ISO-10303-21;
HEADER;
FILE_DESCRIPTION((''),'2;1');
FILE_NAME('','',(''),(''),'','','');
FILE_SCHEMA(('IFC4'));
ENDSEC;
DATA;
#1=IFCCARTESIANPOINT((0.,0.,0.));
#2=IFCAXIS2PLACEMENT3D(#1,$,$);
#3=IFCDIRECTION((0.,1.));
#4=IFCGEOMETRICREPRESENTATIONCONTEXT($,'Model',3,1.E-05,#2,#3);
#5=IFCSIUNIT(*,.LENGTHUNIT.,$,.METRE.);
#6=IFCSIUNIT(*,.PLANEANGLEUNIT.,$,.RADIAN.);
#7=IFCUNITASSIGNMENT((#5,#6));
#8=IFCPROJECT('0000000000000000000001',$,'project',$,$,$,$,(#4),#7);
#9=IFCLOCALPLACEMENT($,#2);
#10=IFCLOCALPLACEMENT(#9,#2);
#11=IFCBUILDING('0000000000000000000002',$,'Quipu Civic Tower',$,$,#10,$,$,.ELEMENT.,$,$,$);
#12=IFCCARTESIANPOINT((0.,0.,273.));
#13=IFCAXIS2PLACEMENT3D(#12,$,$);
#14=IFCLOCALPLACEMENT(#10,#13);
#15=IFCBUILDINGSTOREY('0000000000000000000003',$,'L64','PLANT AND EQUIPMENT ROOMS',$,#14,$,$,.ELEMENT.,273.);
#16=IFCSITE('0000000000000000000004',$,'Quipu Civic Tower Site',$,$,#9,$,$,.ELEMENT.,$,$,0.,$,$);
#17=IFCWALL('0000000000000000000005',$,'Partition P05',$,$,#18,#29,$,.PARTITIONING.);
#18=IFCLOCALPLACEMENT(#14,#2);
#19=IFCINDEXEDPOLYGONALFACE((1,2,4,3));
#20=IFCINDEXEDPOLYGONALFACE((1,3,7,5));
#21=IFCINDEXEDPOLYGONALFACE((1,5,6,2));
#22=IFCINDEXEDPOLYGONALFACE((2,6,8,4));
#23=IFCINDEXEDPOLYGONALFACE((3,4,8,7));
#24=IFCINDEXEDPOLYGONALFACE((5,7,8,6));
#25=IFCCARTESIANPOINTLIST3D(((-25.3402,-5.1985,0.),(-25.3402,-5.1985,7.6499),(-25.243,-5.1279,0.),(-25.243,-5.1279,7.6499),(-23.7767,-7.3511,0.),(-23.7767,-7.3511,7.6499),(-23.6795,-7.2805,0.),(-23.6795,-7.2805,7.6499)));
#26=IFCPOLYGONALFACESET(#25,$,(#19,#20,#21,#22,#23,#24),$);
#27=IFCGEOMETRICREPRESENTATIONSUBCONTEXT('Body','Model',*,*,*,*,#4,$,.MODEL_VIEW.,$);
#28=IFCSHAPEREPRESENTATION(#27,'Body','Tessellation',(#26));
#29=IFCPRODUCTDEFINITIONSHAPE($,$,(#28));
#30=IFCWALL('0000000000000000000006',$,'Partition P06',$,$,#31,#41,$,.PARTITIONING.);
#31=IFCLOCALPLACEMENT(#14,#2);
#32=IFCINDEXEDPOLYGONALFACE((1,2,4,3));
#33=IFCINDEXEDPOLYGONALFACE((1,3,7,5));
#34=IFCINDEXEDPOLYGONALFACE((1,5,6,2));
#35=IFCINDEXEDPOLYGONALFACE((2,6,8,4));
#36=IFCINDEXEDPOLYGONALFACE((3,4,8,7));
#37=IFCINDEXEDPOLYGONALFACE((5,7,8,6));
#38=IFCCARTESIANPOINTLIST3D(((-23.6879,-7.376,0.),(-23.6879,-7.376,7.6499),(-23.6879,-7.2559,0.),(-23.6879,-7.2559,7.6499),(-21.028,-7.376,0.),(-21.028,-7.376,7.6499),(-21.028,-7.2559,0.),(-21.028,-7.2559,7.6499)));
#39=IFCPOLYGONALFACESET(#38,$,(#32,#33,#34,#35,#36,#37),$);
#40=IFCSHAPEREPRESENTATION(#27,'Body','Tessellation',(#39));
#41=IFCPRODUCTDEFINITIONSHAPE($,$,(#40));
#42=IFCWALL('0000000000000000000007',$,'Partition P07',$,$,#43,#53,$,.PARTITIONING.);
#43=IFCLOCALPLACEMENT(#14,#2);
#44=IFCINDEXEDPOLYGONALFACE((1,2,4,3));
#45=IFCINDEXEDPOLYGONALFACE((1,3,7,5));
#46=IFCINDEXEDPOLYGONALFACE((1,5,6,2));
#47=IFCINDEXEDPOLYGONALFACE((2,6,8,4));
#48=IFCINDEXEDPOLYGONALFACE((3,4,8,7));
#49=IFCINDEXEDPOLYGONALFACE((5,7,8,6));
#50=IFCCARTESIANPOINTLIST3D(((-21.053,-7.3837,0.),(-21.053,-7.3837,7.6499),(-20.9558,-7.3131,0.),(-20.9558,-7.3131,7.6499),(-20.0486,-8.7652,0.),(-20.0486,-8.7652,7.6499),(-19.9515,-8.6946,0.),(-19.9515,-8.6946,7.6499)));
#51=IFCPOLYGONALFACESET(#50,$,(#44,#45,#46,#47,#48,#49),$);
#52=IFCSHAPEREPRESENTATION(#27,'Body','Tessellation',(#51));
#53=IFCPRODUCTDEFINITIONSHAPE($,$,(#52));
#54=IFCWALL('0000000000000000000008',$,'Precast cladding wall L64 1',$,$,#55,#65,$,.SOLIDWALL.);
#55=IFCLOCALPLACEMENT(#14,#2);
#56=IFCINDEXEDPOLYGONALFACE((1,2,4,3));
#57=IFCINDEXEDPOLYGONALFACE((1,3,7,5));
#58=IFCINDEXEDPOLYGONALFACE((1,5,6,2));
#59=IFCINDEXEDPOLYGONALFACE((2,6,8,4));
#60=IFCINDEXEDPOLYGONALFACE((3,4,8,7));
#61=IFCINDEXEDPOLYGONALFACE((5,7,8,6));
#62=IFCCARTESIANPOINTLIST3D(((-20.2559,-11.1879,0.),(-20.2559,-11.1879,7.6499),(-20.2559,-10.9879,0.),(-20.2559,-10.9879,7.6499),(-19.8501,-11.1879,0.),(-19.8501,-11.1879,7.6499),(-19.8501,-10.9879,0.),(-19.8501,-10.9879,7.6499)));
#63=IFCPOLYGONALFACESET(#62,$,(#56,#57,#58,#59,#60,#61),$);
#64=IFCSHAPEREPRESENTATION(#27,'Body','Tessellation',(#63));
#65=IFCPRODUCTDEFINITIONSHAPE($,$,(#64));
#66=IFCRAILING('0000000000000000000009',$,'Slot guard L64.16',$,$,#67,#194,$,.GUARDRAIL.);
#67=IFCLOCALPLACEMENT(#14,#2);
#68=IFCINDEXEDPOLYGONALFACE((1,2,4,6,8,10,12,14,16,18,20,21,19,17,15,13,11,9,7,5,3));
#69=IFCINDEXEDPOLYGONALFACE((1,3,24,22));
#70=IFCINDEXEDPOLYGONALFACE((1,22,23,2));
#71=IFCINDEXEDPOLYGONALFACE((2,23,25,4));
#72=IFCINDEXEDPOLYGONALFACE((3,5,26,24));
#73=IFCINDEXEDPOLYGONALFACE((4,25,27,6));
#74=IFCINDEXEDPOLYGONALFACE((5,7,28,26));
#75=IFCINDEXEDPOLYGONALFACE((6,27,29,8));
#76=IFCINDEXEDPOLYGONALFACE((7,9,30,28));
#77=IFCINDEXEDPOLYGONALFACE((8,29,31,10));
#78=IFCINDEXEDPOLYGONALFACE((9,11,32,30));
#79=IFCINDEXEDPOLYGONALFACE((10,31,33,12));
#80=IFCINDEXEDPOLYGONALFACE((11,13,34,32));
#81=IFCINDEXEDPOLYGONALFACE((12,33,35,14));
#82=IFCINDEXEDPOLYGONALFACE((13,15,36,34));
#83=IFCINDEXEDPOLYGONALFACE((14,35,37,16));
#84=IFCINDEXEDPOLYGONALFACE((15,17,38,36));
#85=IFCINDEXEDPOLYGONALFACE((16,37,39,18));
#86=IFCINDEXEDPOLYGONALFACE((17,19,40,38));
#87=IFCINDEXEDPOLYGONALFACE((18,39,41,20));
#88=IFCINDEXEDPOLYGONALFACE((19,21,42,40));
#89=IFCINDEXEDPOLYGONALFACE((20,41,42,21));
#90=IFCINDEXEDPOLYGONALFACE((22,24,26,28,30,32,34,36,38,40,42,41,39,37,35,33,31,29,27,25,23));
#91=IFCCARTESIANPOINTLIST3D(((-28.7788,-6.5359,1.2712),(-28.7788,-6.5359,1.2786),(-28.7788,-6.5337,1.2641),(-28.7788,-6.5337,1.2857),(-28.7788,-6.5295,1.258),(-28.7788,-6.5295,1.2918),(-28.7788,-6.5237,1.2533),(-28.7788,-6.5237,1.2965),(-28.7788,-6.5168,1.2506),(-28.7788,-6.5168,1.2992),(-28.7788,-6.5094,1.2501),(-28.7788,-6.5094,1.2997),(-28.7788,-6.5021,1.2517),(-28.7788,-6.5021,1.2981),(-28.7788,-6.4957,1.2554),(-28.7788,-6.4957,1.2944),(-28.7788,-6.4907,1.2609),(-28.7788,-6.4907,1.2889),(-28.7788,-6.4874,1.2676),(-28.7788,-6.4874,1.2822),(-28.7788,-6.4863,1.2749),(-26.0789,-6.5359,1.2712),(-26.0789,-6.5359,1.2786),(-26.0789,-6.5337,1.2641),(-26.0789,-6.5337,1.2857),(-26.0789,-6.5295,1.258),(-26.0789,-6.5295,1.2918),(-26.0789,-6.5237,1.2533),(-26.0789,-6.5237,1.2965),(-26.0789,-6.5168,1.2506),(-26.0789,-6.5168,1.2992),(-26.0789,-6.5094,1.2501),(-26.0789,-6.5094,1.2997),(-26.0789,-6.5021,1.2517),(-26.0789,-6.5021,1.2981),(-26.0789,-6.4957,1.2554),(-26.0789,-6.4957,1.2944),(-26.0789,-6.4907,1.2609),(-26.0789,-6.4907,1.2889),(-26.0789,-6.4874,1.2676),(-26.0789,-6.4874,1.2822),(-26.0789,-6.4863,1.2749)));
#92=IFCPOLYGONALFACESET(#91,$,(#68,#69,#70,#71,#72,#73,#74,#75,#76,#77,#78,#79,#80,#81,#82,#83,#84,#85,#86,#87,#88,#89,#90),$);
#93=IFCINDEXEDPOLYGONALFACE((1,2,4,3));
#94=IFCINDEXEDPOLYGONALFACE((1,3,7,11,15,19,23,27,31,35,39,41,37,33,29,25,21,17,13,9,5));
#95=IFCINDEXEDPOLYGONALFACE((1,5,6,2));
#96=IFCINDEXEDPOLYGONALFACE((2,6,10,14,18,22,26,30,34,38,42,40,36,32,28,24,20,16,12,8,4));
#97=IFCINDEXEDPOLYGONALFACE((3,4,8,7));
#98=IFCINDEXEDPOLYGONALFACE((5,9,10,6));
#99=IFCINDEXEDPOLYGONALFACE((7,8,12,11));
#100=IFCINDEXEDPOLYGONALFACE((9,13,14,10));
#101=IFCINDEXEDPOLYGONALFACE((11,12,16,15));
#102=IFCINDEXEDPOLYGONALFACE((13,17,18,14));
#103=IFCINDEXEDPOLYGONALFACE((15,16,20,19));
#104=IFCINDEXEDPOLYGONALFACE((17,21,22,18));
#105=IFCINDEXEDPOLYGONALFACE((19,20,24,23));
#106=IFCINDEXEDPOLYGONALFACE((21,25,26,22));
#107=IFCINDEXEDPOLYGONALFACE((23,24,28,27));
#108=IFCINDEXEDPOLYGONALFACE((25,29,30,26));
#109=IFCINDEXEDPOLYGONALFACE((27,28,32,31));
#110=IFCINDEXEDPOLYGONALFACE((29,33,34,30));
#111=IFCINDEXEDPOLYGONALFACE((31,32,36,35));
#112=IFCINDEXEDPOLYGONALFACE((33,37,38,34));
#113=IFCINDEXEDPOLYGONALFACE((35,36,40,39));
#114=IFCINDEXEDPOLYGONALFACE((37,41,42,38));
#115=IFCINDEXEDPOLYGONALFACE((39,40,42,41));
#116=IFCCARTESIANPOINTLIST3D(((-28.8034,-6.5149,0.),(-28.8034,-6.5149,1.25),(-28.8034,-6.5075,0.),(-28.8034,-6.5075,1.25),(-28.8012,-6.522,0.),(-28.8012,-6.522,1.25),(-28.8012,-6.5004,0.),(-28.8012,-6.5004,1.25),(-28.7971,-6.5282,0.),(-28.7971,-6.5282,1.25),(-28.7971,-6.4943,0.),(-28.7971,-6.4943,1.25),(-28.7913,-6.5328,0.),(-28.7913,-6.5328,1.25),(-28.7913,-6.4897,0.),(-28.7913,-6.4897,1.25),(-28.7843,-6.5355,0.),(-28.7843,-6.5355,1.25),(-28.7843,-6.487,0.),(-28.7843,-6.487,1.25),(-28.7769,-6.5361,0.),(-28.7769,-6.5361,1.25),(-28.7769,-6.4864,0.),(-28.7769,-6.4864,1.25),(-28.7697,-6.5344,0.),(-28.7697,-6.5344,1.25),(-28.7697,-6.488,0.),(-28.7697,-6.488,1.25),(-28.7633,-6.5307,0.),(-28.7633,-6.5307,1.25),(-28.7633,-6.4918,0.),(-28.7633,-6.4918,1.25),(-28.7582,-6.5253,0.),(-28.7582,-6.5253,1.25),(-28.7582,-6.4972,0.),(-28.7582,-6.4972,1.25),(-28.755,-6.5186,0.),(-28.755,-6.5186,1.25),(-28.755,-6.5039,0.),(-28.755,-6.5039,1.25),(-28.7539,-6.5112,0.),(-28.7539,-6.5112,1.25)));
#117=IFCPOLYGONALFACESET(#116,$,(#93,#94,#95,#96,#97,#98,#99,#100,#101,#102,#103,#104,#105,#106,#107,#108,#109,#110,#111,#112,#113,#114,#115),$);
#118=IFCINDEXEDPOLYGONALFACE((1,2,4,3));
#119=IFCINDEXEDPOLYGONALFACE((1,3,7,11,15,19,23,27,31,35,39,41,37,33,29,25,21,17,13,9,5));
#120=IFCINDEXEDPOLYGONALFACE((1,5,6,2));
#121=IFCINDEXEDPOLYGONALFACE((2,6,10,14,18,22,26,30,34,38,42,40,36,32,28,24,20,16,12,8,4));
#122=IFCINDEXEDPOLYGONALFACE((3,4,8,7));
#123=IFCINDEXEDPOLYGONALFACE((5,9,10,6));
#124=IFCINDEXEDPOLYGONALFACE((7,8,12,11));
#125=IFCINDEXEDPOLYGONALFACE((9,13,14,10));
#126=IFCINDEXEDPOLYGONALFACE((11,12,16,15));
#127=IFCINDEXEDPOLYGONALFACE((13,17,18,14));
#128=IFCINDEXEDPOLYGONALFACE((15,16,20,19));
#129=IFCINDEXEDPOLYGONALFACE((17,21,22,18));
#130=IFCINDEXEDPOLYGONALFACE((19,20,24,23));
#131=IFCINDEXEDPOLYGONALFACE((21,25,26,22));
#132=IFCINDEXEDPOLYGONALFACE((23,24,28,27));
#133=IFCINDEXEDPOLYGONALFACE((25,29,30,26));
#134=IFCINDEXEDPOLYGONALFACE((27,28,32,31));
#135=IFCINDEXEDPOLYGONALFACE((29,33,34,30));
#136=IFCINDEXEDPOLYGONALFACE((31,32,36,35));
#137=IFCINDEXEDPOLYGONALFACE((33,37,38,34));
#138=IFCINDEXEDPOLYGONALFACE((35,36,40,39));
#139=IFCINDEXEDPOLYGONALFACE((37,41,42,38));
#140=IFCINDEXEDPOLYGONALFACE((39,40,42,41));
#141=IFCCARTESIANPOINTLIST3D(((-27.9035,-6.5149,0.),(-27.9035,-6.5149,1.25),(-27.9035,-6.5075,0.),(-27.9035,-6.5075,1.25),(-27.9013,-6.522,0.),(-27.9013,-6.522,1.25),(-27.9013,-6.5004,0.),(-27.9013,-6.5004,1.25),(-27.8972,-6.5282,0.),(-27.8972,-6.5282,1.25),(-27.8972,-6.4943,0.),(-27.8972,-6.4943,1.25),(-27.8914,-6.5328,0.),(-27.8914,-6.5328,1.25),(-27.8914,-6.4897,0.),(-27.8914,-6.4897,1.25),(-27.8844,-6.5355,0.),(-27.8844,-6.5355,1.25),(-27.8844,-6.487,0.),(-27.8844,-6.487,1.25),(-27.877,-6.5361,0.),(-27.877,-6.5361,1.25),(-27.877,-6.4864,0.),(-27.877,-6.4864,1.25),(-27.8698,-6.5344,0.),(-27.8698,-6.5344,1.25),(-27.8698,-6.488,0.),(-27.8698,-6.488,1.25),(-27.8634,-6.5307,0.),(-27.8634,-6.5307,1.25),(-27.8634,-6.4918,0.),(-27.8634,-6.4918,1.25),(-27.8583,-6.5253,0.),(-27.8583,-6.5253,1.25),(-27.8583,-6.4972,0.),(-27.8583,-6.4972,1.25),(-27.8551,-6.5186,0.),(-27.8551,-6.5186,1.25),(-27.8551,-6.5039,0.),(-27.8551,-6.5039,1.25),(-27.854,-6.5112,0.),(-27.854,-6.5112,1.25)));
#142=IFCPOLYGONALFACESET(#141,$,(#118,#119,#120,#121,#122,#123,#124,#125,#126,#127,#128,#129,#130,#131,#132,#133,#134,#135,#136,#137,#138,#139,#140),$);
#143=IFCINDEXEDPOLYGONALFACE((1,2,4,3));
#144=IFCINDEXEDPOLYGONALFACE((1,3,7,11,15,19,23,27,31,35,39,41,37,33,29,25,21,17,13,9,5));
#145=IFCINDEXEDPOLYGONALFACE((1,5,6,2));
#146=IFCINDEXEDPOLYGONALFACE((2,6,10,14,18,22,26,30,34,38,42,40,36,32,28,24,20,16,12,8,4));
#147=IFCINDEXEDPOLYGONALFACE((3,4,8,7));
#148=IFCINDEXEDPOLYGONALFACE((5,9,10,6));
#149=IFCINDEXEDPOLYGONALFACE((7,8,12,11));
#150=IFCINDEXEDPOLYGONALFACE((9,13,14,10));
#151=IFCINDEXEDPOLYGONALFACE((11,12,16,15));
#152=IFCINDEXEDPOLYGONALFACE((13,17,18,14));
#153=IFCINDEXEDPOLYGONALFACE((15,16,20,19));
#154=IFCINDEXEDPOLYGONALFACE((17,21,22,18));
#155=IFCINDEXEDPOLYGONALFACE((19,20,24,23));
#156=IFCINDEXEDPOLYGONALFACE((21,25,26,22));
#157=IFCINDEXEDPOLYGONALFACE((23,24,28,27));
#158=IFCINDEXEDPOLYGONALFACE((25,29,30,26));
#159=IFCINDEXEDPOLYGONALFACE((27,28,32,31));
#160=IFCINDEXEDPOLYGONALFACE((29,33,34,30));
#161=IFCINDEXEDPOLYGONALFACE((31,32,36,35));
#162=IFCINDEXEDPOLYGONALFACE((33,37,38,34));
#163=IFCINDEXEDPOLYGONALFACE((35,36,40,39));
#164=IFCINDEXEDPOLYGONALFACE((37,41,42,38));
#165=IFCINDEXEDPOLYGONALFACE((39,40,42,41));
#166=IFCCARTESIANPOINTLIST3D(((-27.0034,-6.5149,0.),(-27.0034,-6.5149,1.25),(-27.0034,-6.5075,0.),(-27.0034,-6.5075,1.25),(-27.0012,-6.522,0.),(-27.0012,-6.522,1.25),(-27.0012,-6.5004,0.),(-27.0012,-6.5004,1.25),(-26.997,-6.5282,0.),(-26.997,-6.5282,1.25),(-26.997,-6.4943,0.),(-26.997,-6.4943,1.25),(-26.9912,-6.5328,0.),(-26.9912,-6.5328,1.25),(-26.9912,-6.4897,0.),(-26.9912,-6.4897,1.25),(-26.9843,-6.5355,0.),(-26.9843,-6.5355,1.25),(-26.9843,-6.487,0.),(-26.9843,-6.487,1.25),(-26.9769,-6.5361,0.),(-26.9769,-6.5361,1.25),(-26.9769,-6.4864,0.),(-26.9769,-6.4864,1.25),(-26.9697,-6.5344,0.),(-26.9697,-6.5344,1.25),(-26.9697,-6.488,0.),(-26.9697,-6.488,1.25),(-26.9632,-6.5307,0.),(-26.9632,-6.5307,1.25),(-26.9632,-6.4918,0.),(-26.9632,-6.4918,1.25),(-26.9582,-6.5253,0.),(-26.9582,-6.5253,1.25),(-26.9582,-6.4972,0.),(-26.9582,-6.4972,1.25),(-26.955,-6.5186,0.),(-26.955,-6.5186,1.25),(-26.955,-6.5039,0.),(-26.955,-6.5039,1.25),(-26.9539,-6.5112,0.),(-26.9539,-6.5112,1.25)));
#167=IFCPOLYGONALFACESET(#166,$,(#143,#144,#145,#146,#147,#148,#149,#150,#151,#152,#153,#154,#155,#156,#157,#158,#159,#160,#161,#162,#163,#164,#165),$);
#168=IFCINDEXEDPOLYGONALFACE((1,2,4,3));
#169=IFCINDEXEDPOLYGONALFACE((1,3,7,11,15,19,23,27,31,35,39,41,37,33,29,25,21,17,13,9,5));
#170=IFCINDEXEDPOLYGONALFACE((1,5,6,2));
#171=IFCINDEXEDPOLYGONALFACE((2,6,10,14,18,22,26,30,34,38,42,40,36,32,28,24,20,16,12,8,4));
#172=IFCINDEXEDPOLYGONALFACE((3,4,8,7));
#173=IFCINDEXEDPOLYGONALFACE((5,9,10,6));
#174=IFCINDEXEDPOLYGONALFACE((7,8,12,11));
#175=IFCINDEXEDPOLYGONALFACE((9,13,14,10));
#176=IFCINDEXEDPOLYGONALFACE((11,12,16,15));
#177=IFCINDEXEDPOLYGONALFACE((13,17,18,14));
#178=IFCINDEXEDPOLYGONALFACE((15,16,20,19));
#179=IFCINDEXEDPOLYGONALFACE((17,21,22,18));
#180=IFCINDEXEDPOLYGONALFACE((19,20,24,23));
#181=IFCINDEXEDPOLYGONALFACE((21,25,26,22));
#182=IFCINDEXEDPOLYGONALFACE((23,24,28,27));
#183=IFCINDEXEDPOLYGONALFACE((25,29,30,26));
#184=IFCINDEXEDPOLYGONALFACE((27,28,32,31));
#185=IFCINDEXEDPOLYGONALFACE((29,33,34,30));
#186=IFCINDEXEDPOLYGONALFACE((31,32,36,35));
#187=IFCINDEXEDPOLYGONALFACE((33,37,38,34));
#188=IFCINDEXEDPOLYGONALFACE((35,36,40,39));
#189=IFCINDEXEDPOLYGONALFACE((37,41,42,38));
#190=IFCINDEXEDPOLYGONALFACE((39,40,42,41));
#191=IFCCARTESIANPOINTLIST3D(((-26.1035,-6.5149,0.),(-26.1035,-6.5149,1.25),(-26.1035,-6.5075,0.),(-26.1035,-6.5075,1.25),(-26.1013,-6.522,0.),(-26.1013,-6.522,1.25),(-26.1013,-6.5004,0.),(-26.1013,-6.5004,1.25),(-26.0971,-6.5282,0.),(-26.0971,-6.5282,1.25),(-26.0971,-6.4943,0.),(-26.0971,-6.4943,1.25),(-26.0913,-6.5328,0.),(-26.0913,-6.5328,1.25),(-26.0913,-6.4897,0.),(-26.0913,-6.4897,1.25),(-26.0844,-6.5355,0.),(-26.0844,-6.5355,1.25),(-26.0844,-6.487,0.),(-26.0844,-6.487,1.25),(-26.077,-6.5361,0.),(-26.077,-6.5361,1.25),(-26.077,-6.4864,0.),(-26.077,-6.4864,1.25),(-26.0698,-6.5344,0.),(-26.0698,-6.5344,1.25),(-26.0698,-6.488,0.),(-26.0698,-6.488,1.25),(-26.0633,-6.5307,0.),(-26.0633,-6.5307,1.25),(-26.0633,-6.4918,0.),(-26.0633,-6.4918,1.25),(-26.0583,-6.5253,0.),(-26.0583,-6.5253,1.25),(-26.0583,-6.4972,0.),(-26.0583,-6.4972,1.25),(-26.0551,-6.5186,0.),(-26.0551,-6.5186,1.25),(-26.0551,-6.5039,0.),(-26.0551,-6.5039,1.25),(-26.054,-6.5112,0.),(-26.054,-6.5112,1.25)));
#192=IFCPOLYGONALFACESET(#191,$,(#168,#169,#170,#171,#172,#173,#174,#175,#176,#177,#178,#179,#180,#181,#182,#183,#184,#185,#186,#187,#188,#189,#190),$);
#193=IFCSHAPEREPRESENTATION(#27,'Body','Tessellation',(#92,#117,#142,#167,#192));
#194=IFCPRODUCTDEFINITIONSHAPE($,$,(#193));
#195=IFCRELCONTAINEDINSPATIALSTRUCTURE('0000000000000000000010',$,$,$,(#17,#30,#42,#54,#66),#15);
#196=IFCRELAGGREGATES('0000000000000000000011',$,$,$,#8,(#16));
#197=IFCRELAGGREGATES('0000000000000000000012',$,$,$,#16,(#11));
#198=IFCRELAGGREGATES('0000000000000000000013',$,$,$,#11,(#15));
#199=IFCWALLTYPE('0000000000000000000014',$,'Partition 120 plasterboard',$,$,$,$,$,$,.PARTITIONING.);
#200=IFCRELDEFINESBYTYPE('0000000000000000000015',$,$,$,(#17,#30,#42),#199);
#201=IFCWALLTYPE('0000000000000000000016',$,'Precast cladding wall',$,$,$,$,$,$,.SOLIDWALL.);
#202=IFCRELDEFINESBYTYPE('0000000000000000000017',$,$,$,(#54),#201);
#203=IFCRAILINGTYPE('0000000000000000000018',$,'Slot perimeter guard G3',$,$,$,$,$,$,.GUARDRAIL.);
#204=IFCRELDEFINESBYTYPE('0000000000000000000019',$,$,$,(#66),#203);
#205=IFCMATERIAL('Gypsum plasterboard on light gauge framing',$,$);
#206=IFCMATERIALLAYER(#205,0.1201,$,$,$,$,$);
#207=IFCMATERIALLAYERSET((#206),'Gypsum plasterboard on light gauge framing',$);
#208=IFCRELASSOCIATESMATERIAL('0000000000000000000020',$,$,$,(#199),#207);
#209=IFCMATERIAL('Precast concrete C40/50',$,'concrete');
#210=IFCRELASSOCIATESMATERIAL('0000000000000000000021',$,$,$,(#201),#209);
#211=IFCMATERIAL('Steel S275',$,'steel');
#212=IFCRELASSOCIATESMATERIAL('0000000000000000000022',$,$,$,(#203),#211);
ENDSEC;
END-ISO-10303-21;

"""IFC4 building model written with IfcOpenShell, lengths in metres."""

from ifc_helpers import new_model, si_unit, direction, frame, frame_2d, origin, origin_2d, place, context, subcontext, project, spatial, rectangle, circle, extrude, material, layer, layer_set, type_object, element, save


model = new_model("IFC4")

# Units and contexts
model_context = context("Model", 3, precision=1e-05, world=origin(), true_north=direction((0.0, 1.0)))
body_context = subcontext(model_context, "Body", "Model", "MODEL_VIEW")
ifc_project = project(units=[si_unit("LENGTHUNIT", "METRE"), si_unit("PLANEANGLEUNIT", "RADIAN")], contexts=[model_context])

# Site, building, storey
site_placement = place(None, origin())
site = spatial("IfcSite", under=ifc_project, at=site_placement, Name="Quipu Civic Tower Site", CompositionType="ELEMENT", RefElevation=0.0)
building_placement = place(site_placement, origin())
building = spatial("IfcBuilding", under=site, at=building_placement, Name="Quipu Civic Tower", CompositionType="ELEMENT")
storey_placement = place(building_placement, frame((0.0, 0.0, 273.0)))
storey = spatial("IfcBuildingStorey", under=building, at=storey_placement, Name="L64", Description="PLANT AND EQUIPMENT ROOMS", CompositionType="ELEMENT", Elevation=273.0)

# Walls
ifc_material_1 = material(Name="Gypsum plasterboard on light gauge framing")
ifc_layer_1 = layer(ifc_material_1, 0.1201)
ifc_layer_set_1 = layer_set([ifc_layer_1], Name="Gypsum plasterboard on light gauge framing")
wall_type_1 = type_object("IfcWallType", Name="Partition 120 plasterboard", PredefinedType="PARTITIONING", material=ifc_layer_set_1)
wall_1_placement = place(storey_placement, frame((-25.2915, -5.1633, 0.0), z_axis=(0.0, 0.0, 1.0), x_axis=(0.58767, -0.809101, 0.0)))
element("IfcWall", 1, at=wall_1_placement, inside=storey, type_object=wall_type_1, Name="Partition P05", PredefinedType="PARTITIONING", context=body_context, shape_type="SweptSolid", body=[
    extrude(rectangle(XDim=2.6604, YDim=0.1201, at=frame_2d((1.3301, 0.0))), origin(), (0.0, 0.0, 1.0), 7.6499),
])
wall_2_placement = place(storey_placement, frame((-23.688, -7.3159, 0.0), z_axis=(0.0, 0.0, 1.0), x_axis=(1.0, 0.0, 0.0)))
element("IfcWall", 2, at=wall_2_placement, inside=storey, type_object=wall_type_1, Name="Partition P06", PredefinedType="PARTITIONING", context=body_context, shape_type="SweptSolid", body=[
    extrude(rectangle(XDim=2.6599, YDim=0.1201, at=frame_2d((1.3301, 0.0))), origin(), (0.0, 0.0, 1.0), 7.6499),
])
wall_3_placement = place(storey_placement, frame((-21.0044, -7.3484, 0.0), z_axis=(0.0, 0.0, 1.0), x_axis=(0.588019, -0.808847, 0.0)))
element("IfcWall", 3, at=wall_3_placement, inside=storey, type_object=wall_type_1, Name="Partition P07", PredefinedType="PARTITIONING", context=body_context, shape_type="SweptSolid", body=[
    extrude(rectangle(XDim=1.708, YDim=0.1201, at=frame_2d((0.854, 0.0))), origin(), (0.0, 0.0, 1.0), 7.6499),
])
ifc_material_2 = material(Name="Precast concrete C40/50", Category="concrete")
wall_type_2 = type_object("IfcWallType", Name="Precast cladding wall", PredefinedType="SOLIDWALL", material=ifc_material_2)
wall_4_placement = place(storey_placement, frame((-20.2559, -11.0879, 0.0), z_axis=(0.0, 0.0, 1.0), x_axis=(1.0, 0.0, 0.0)))
element("IfcWall", 4, at=wall_4_placement, inside=storey, type_object=wall_type_2, Name="Precast cladding wall L64 1", PredefinedType="SOLIDWALL", context=body_context, shape_type="SweptSolid", body=[
    extrude(rectangle(XDim=0.4058, YDim=0.2, at=frame_2d((0.2029, 0.0))), origin(), (0.0, 0.0, 1.0), 7.6499),
])

# Railing
ifc_material_3 = material(Name="Steel S275", Category="steel")
railing_type = type_object("IfcRailingType", Name="Slot perimeter guard G3", PredefinedType="GUARDRAIL", material=ifc_material_3)
railing_1_placement = place(storey_placement, frame((-28.7788, -6.5112, 0.0)))
element("IfcRailing", 5, at=railing_1_placement, inside=storey, type_object=railing_type, Name="Slot guard L64.16", PredefinedType="GUARDRAIL", context=body_context, shape_type="SweptSolid", body=[
    extrude(circle(Radius=0.0249, at=origin_2d()), frame((0.0, 0.0, 1.2749), z_axis=(1.0, 0.0, 0.0), x_axis=(0.0, 1.0, 0.0)), (0.0, 0.0, 1.0), 2.7),
    extrude(circle(Radius=0.0249, at=origin_2d()), origin(), (0.0, 0.0, 1.0), 1.25),
    extrude(circle(Radius=0.0249, at=origin_2d()), frame((0.8999, 0.0, 0.0)), (0.0, 0.0, 1.0), 1.25),
    extrude(circle(Radius=0.0249, at=origin_2d()), frame((1.8, 0.0, 0.0)), (0.0, 0.0, 1.0), 1.25),
    extrude(circle(Radius=0.0249, at=origin_2d()), frame((2.7, 0.0, 0.0)), (0.0, 0.0, 1.0), 1.25),
])

save(model, "model.ifc")
